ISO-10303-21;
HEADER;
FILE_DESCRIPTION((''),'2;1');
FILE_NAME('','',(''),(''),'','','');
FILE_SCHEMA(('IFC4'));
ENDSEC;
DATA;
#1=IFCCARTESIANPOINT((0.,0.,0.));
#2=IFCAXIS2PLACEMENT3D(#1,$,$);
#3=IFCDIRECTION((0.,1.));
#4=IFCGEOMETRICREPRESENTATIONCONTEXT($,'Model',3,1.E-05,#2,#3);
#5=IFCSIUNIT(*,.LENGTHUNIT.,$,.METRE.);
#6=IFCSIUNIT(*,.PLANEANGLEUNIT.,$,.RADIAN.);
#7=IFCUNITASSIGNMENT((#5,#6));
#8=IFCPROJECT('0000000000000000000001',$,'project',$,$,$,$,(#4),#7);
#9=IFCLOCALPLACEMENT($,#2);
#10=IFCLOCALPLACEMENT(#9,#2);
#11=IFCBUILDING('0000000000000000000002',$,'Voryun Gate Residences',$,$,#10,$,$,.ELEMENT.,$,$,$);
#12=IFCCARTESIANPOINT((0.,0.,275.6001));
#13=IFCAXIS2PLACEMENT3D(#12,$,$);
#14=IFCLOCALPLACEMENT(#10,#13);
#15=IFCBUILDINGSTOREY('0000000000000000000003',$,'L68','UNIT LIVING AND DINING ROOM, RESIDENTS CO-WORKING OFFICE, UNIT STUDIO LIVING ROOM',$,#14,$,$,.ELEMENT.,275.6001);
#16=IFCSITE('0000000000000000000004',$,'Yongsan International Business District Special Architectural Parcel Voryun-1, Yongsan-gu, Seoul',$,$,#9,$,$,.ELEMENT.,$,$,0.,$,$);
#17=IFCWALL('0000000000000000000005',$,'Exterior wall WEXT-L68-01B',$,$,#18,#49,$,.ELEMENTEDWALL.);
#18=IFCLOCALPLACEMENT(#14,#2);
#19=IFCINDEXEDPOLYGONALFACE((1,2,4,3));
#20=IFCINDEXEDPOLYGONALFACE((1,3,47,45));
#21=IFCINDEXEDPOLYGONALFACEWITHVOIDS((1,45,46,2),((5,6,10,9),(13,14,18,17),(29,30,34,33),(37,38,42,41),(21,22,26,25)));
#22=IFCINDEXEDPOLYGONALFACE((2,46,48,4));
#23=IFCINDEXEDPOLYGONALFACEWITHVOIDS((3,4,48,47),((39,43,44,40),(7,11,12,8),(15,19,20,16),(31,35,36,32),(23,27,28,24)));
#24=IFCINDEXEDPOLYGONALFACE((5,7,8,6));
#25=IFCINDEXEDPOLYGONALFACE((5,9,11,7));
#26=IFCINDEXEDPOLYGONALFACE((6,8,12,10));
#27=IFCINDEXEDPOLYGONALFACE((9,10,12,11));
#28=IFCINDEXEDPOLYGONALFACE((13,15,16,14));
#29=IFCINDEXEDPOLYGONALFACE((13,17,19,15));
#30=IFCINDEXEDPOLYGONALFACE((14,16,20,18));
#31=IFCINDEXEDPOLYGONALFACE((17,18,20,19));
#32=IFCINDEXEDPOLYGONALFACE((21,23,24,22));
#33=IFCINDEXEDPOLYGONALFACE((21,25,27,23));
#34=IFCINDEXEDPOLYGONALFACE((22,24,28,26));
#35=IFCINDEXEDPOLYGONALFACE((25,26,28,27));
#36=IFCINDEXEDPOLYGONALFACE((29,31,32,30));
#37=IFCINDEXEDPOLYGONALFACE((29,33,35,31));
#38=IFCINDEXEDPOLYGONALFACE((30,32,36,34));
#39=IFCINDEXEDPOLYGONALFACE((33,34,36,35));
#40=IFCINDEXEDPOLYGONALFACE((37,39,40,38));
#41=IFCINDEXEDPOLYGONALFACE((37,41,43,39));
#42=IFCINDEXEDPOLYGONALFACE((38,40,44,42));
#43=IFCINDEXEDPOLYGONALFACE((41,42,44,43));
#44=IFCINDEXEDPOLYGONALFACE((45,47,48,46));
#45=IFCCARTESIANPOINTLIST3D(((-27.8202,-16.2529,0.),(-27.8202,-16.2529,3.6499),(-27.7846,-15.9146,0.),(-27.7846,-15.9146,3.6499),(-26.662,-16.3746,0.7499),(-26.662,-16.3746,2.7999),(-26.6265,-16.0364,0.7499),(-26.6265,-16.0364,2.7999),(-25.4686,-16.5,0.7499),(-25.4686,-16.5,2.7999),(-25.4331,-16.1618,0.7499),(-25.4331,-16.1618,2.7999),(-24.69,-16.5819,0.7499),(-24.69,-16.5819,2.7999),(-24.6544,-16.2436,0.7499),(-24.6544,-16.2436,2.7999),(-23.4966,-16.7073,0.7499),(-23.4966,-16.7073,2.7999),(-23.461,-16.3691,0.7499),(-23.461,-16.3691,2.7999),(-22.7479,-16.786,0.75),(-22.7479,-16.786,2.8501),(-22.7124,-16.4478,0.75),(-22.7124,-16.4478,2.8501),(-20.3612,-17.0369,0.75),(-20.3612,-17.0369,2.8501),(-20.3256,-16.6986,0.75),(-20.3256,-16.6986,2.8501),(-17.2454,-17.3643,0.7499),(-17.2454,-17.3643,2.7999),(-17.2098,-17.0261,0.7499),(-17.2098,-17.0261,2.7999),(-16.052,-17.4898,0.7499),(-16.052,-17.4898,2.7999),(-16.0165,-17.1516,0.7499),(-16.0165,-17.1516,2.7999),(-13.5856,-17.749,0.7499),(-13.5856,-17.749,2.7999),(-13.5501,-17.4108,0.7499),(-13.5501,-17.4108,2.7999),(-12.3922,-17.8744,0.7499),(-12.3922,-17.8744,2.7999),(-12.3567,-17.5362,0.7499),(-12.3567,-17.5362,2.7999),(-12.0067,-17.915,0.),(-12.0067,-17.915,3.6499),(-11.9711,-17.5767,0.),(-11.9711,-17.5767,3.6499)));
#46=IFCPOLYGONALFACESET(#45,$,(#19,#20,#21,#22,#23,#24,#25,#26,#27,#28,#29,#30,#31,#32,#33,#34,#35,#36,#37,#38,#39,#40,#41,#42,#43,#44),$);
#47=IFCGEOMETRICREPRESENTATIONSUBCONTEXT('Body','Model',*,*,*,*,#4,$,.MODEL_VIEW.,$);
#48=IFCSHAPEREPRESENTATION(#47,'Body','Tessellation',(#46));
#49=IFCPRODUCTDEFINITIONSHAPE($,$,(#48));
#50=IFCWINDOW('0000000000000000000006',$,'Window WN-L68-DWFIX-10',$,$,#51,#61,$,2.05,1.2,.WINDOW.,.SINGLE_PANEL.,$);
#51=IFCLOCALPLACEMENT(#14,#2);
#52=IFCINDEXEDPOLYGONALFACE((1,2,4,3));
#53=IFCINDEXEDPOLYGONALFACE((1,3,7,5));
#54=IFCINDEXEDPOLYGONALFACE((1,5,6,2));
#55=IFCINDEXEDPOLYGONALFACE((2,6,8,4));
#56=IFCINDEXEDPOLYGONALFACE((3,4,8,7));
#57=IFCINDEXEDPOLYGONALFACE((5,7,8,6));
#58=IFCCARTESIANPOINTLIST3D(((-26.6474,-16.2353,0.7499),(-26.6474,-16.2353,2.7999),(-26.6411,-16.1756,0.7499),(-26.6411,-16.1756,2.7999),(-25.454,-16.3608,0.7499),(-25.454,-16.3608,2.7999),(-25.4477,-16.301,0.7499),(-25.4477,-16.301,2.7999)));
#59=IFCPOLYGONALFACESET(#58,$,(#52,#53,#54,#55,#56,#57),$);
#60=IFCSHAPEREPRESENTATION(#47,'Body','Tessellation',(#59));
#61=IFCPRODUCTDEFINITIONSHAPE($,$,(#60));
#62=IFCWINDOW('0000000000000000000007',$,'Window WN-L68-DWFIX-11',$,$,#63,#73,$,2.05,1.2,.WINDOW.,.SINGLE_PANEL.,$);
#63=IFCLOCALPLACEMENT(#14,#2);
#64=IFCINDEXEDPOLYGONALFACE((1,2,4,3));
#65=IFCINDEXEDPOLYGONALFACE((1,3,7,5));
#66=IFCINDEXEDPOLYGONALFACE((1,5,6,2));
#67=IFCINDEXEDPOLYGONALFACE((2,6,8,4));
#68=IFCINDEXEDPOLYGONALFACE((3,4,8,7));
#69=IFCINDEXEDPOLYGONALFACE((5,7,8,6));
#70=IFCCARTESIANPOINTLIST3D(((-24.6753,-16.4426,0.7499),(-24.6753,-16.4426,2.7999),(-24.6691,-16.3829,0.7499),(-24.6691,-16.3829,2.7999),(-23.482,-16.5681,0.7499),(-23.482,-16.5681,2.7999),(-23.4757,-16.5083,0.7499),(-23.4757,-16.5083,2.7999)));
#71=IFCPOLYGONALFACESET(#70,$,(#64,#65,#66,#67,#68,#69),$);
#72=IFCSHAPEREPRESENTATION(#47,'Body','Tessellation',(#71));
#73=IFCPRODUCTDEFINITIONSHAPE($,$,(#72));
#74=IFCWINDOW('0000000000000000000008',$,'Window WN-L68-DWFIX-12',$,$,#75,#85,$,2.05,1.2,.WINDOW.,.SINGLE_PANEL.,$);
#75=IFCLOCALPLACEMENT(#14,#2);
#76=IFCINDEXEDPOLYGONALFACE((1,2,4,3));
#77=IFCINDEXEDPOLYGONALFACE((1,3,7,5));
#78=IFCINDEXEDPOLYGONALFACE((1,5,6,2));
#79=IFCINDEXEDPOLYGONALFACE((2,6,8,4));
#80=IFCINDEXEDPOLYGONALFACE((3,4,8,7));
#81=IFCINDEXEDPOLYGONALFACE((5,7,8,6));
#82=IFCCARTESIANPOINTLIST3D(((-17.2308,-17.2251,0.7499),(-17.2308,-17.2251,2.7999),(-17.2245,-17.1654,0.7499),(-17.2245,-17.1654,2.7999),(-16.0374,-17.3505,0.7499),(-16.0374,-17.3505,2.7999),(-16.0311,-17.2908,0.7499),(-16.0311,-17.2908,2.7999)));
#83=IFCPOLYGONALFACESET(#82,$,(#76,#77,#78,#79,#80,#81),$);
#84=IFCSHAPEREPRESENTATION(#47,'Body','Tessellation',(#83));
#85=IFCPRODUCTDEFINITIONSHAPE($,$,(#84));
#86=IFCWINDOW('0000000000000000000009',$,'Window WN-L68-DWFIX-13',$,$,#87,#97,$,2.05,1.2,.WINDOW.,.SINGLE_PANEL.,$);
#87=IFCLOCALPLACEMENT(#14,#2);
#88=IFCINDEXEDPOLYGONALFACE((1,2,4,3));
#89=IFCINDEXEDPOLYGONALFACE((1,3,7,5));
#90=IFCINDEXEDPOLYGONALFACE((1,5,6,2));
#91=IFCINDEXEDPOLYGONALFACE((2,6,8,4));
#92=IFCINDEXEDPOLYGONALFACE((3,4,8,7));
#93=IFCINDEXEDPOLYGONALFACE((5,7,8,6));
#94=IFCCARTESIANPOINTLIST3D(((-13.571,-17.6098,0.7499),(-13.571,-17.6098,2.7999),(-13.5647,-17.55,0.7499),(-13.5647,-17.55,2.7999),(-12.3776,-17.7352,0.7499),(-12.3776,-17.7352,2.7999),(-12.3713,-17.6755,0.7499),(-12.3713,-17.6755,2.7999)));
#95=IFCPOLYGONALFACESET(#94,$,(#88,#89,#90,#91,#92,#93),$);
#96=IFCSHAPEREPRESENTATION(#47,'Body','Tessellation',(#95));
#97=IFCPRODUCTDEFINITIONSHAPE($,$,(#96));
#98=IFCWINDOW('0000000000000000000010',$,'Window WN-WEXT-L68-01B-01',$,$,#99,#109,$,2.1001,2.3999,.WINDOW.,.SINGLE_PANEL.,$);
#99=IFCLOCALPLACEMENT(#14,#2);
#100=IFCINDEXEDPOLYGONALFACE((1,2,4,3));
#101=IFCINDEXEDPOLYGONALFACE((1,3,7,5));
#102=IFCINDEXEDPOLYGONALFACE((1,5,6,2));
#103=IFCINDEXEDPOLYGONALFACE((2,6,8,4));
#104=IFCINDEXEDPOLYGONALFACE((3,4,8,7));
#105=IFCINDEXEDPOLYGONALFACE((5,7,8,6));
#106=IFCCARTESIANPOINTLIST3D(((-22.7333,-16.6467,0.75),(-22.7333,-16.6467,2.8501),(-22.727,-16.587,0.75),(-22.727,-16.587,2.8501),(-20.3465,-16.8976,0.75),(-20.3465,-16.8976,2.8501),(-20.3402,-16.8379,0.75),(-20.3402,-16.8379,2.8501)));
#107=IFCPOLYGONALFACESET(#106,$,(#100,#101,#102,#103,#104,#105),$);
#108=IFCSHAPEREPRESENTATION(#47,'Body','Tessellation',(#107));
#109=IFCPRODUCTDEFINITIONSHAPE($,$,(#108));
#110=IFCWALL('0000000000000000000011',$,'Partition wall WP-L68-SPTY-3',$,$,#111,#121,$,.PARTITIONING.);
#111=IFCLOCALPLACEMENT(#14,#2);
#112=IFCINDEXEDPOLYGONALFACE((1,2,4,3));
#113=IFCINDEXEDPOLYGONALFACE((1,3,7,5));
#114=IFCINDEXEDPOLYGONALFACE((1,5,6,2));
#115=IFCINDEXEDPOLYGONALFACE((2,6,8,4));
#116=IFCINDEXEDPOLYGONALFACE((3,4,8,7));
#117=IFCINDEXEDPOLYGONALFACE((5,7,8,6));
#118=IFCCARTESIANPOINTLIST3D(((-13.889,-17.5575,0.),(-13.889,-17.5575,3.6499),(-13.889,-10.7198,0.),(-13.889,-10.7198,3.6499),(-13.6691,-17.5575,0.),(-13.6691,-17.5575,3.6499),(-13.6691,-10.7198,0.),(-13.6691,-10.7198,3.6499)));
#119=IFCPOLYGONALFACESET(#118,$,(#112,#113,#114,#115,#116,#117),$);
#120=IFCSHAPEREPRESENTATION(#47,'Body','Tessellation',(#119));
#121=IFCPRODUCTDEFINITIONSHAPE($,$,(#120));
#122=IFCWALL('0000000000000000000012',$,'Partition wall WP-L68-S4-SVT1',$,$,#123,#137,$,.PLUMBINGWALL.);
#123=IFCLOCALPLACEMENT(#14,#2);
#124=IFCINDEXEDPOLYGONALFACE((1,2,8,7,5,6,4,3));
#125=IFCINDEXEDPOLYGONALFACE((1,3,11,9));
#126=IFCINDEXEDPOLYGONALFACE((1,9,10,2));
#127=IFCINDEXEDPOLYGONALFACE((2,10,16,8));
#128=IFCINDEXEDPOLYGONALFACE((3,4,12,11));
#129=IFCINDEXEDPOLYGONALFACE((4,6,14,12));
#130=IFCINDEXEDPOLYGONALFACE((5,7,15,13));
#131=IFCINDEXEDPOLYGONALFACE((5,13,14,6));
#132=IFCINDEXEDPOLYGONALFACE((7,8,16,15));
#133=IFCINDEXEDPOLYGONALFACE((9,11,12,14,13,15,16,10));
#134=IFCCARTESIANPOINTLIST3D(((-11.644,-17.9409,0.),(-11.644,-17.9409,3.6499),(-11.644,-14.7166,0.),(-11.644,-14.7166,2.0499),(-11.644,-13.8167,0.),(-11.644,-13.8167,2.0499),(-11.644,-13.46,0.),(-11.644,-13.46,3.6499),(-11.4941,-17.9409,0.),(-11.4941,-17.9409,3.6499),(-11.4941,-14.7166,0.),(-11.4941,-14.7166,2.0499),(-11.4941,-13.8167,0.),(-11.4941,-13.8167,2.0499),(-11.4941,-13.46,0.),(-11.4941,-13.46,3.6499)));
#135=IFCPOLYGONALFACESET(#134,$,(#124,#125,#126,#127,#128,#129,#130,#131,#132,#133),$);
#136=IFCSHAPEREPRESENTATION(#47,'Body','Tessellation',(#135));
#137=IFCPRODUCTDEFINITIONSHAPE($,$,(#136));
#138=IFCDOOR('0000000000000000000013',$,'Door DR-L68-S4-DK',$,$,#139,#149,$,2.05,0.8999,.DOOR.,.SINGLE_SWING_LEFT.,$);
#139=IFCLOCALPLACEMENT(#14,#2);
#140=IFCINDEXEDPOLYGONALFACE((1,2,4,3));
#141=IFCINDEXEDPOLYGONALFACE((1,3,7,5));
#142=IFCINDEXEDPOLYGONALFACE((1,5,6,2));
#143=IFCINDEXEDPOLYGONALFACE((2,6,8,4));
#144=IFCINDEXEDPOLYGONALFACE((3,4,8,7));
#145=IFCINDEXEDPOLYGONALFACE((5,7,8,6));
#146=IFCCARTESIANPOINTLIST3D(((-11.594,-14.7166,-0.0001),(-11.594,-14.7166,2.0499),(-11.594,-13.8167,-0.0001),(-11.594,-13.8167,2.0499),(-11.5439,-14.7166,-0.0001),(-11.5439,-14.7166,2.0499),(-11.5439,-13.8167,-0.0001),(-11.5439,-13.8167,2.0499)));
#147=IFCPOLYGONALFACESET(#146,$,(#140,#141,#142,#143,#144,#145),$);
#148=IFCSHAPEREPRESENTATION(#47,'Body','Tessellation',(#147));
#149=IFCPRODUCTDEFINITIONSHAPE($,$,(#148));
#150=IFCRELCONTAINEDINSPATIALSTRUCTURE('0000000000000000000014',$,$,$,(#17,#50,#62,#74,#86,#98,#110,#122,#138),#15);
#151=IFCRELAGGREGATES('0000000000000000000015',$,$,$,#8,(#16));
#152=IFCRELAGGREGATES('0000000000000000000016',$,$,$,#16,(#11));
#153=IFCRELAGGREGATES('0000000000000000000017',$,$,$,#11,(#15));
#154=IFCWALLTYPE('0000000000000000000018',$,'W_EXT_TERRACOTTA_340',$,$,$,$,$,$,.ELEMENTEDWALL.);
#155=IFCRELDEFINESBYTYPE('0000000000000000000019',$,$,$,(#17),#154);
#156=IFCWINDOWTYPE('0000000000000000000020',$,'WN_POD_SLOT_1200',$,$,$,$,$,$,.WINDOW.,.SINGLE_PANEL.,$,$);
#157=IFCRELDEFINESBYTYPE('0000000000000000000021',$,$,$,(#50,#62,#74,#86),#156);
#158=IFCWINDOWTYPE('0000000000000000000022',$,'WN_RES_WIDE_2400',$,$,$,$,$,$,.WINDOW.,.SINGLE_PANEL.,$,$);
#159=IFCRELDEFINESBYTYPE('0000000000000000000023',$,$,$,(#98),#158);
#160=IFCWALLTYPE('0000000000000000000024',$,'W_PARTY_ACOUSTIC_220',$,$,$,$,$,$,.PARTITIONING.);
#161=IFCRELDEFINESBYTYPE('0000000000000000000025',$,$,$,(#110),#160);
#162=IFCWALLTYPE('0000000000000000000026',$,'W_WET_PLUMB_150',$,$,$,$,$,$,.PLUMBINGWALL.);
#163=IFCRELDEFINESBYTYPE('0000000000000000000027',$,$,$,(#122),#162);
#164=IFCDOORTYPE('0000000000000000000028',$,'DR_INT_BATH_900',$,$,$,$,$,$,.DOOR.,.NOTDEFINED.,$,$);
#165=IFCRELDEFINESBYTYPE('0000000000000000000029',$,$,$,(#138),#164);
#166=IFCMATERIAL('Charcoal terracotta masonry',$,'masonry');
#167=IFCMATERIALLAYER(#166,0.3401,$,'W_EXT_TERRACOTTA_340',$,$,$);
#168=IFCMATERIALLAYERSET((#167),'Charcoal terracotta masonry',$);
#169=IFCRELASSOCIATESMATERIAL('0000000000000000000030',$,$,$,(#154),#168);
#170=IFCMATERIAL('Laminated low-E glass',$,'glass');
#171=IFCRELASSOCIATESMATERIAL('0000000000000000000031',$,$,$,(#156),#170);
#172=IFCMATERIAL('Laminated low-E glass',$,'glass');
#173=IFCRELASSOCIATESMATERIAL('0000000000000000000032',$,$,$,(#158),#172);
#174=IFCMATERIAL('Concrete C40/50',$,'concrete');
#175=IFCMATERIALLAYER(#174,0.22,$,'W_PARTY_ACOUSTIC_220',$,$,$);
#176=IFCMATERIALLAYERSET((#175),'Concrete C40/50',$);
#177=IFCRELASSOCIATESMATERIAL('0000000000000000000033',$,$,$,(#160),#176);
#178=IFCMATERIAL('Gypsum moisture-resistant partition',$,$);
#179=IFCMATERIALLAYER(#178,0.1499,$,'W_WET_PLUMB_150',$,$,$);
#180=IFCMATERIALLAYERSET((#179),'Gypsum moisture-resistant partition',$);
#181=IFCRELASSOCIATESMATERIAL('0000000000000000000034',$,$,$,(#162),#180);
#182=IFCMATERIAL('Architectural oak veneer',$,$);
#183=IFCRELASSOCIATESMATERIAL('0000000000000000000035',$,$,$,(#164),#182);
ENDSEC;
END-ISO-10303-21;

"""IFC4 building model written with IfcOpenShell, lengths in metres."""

from ifc_helpers import new_model, si_unit, direction, frame, frame_2d, origin, place, context, subcontext, project, spatial, rectangle, extrude, material, layer, layer_set, type_object, element, fill, save


model = new_model("IFC4")

# Units and contexts
model_context = context("Model", 3, precision=1e-05, world=origin(), true_north=direction((0.0, 1.0)))
body_context = subcontext(model_context, "Body", "Model", "MODEL_VIEW")
ifc_project = project(units=[si_unit("LENGTHUNIT", "METRE"), si_unit("PLANEANGLEUNIT", "RADIAN")], contexts=[model_context])

# Site, building, storey
site_placement = place(None, origin())
site = spatial("IfcSite", under=ifc_project, at=site_placement, Name="Yongsan International Business District Special Architectural Parcel Voryun-1, Yongsan-gu, Seoul", CompositionType="ELEMENT", RefElevation=0.0)
building_placement = place(site_placement, origin())
building = spatial("IfcBuilding", under=site, at=building_placement, Name="Voryun Gate Residences", CompositionType="ELEMENT")
storey_placement = place(building_placement, frame((0.0, 0.0, 275.6001)))
storey = spatial("IfcBuildingStorey", under=building, at=storey_placement, Name="L68", Description="UNIT LIVING AND DINING ROOM, RESIDENTS CO-WORKING OFFICE, UNIT STUDIO LIVING ROOM", CompositionType="ELEMENT", Elevation=275.6001)

# Wall, openings, windows
ifc_material_1 = material(Name="Charcoal terracotta masonry", Category="masonry")
ifc_layer_1 = layer(ifc_material_1, 0.3401, Name="W_EXT_TERRACOTTA_340")
ifc_layer_set_1 = layer_set([ifc_layer_1], Name="Charcoal terracotta masonry")
wall_type_1 = type_object("IfcWallType", Name="W_EXT_TERRACOTTA_340", PredefinedType="ELEMENTEDWALL", material=ifc_layer_set_1)
wall_1_placement = place(storey_placement, frame((-11.989, -17.7458, 0.0), z_axis=(0.0, 0.0, 1.0), x_axis=(-0.994522, 0.104531, 0.0)))
wall_1 = element("IfcWall", 1, at=wall_1_placement, inside=storey, type_object=wall_type_1, Name="Exterior wall WEXT-L68-01B", PredefinedType="ELEMENTEDWALL", context=body_context, shape_type="SweptSolid", body=[
    extrude(rectangle(XDim=15.9006, YDim=0.3401, at=frame_2d((7.9502, 0.0))), origin(), (0.0, 0.0, 1.0), 3.6499),
])
opening_1_placement = place(wall_1_placement, frame((8.4004, 0.0, 0.75)))
opening_1 = element("IfcOpeningElement", 2, at=opening_1_placement, cuts=wall_1, PredefinedType="OPENING", context=body_context, shape_type="SweptSolid", body=[
    extrude(rectangle(XDim=2.3999, YDim=2.1001, at=frame_2d((1.2, 1.05))), frame((0.0, 0.1799, 0.0), z_axis=(0.0, -1.0, 0.0), x_axis=(1.0, 0.0, 0.0)), (0.0, 0.0, 1.0), 0.3601),
])
opening_2_placement = place(wall_1_placement, frame((13.5359, 0.0, 0.75)))
opening_2 = element("IfcOpeningElement", 3, at=opening_2_placement, cuts=wall_1, PredefinedType="OPENING", context=body_context, shape_type="SweptSolid", body=[
    extrude(rectangle(XDim=1.2, YDim=2.05, at=frame_2d((0.6001, 1.0249))), frame((0.0, 0.1799, 0.0), z_axis=(0.0, -1.0, 0.0), x_axis=(1.0, 0.0, 0.0)), (0.0, 0.0, 1.0), 0.3601),
])
opening_3_placement = place(wall_1_placement, frame((11.553, 0.0, 0.75)))
opening_3 = element("IfcOpeningElement", 4, at=opening_3_placement, cuts=wall_1, PredefinedType="OPENING", context=body_context, shape_type="SweptSolid", body=[
    extrude(rectangle(XDim=1.2, YDim=2.05, at=frame_2d((0.6001, 1.0249))), frame((0.0, 0.1799, 0.0), z_axis=(0.0, -1.0, 0.0), x_axis=(1.0, 0.0, 0.0)), (0.0, 0.0, 1.0), 0.3601),
])
opening_4_placement = place(wall_1_placement, frame((4.0674, 0.0, 0.75)))
opening_4 = element("IfcOpeningElement", 5, at=opening_4_placement, cuts=wall_1, PredefinedType="OPENING", context=body_context, shape_type="SweptSolid", body=[
    extrude(rectangle(XDim=1.2, YDim=2.05, at=frame_2d((0.6001, 1.0249))), frame((0.0, 0.1799, 0.0), z_axis=(0.0, -1.0, 0.0), x_axis=(1.0, 0.0, 0.0)), (0.0, 0.0, 1.0), 0.3601),
])
opening_5_placement = place(wall_1_placement, frame((0.3875, 0.0, 0.75)))
opening_5 = element("IfcOpeningElement", 6, at=opening_5_placement, cuts=wall_1, PredefinedType="OPENING", context=body_context, shape_type="SweptSolid", body=[
    extrude(rectangle(XDim=1.2, YDim=2.05, at=frame_2d((0.6001, 1.0249))), frame((0.0, 0.1799, 0.0), z_axis=(0.0, -1.0, 0.0), x_axis=(1.0, 0.0, 0.0)), (0.0, 0.0, 1.0), 0.3601),
])
ifc_material_2 = material(Name="Laminated low-E glass", Category="glass")
window_type_1 = type_object("IfcWindowType", Name="WN_POD_SLOT_1200", PartitioningType="SINGLE_PANEL", PredefinedType="WINDOW", material=ifc_material_2)
window_1_placement = place(opening_2_placement, origin())
window_1 = element("IfcWindow", 7, at=window_1_placement, inside=storey, type_object=window_type_1, Name="Window WN-L68-DWFIX-10", OverallHeight=2.05, OverallWidth=1.2, PartitioningType="SINGLE_PANEL", PredefinedType="WINDOW", context=body_context, shape_type="SweptSolid", body=[
    extrude(rectangle(XDim=1.2, YDim=2.05, at=frame_2d((0.6001, 1.0249))), frame((0.0, 0.03, 0.0), z_axis=(0.0, -1.0, 0.0), x_axis=(1.0, 0.0, 0.0)), (0.0, 0.0, 1.0), 0.0601),
])
fill(opening_2, window_1)
window_2_placement = place(opening_3_placement, origin())
window_2 = element("IfcWindow", 8, at=window_2_placement, inside=storey, type_object=window_type_1, Name="Window WN-L68-DWFIX-11", OverallHeight=2.05, OverallWidth=1.2, PartitioningType="SINGLE_PANEL", PredefinedType="WINDOW", context=body_context, shape_type="SweptSolid", body=[
    extrude(rectangle(XDim=1.2, YDim=2.05, at=frame_2d((0.6001, 1.0249))), frame((0.0, 0.03, 0.0), z_axis=(0.0, -1.0, 0.0), x_axis=(1.0, 0.0, 0.0)), (0.0, 0.0, 1.0), 0.0601),
])
fill(opening_3, window_2)
window_3_placement = place(opening_4_placement, origin())
window_3 = element("IfcWindow", 9, at=window_3_placement, inside=storey, type_object=window_type_1, Name="Window WN-L68-DWFIX-12", OverallHeight=2.05, OverallWidth=1.2, PartitioningType="SINGLE_PANEL", PredefinedType="WINDOW", context=body_context, shape_type="SweptSolid", body=[
    extrude(rectangle(XDim=1.2, YDim=2.05, at=frame_2d((0.6001, 1.0249))), frame((0.0, 0.03, 0.0), z_axis=(0.0, -1.0, 0.0), x_axis=(1.0, 0.0, 0.0)), (0.0, 0.0, 1.0), 0.0601),
])
fill(opening_4, window_3)
window_4_placement = place(opening_5_placement, origin())
window_4 = element("IfcWindow", 10, at=window_4_placement, inside=storey, type_object=window_type_1, Name="Window WN-L68-DWFIX-13", OverallHeight=2.05, OverallWidth=1.2, PartitioningType="SINGLE_PANEL", PredefinedType="WINDOW", context=body_context, shape_type="SweptSolid", body=[
    extrude(rectangle(XDim=1.2, YDim=2.05, at=frame_2d((0.6001, 1.0249))), frame((0.0, 0.03, 0.0), z_axis=(0.0, -1.0, 0.0), x_axis=(1.0, 0.0, 0.0)), (0.0, 0.0, 1.0), 0.0601),
])
fill(opening_5, window_4)
ifc_material_3 = material(Name="Laminated low-E glass", Category="glass")
window_type_2 = type_object("IfcWindowType", Name="WN_RES_WIDE_2400", PartitioningType="SINGLE_PANEL", PredefinedType="WINDOW", material=ifc_material_3)
window_5_placement = place(opening_1_placement, origin())
window_5 = element("IfcWindow", 11, at=window_5_placement, inside=storey, type_object=window_type_2, Name="Window WN-WEXT-L68-01B-01", OverallHeight=2.1001, OverallWidth=2.3999, PartitioningType="SINGLE_PANEL", PredefinedType="WINDOW", context=body_context, shape_type="SweptSolid", body=[
    extrude(rectangle(XDim=2.3999, YDim=2.1001, at=frame_2d((1.2, 1.05))), frame((0.0, 0.03, 0.0), z_axis=(0.0, -1.0, 0.0), x_axis=(1.0, 0.0, 0.0)), (0.0, 0.0, 1.0), 0.0601),
])
fill(opening_1, window_5)

# Wall
ifc_material_4 = material(Name="Concrete C40/50", Category="concrete")
ifc_layer_2 = layer(ifc_material_4, 0.22, Name="W_PARTY_ACOUSTIC_220")
ifc_layer_set_2 = layer_set([ifc_layer_2], Name="Concrete C40/50")
wall_type_2 = type_object("IfcWallType", Name="W_PARTY_ACOUSTIC_220", PredefinedType="PARTITIONING", material=ifc_layer_set_2)
wall_2_placement = place(storey_placement, frame((-13.7791, -17.5576, 0.0), z_axis=(0.0, 0.0, 1.0), x_axis=(0.0, 1.0, 0.0)))
element("IfcWall", 12, at=wall_2_placement, inside=storey, type_object=wall_type_2, Name="Partition wall WP-L68-SPTY-3", PredefinedType="PARTITIONING", context=body_context, shape_type="SweptSolid", body=[
    extrude(rectangle(XDim=6.8376, YDim=0.22, at=frame_2d((3.4189, 0.0))), origin(), (0.0, 0.0, 1.0), 3.6499),
])

# Wall, opening, door
ifc_material_5 = material(Name="Gypsum moisture-resistant partition")
ifc_layer_3 = layer(ifc_material_5, 0.1499, Name="W_WET_PLUMB_150")
ifc_layer_set_3 = layer_set([ifc_layer_3], Name="Gypsum moisture-resistant partition")
wall_type_3 = type_object("IfcWallType", Name="W_WET_PLUMB_150", PredefinedType="PLUMBINGWALL", material=ifc_layer_set_3)
wall_3_placement = place(storey_placement, frame((-11.5691, -17.9409, 0.0), z_axis=(0.0, 0.0, 1.0), x_axis=(0.0, 1.0, 0.0)))
wall_3 = element("IfcWall", 13, at=wall_3_placement, inside=storey, type_object=wall_type_3, Name="Partition wall WP-L68-S4-SVT1", PredefinedType="PLUMBINGWALL", context=body_context, shape_type="SweptSolid", body=[
    extrude(rectangle(XDim=4.481, YDim=0.1499, at=frame_2d((2.2405, 0.0))), origin(), (0.0, 0.0, 1.0), 3.6499),
])
opening_6_placement = place(wall_3_placement, frame((3.2244, 0.0, 0.0)))
opening_6 = element("IfcOpeningElement", 14, at=opening_6_placement, cuts=wall_3, PredefinedType="OPENING", context=body_context, shape_type="SweptSolid", body=[
    extrude(rectangle(XDim=0.8999, YDim=2.05, at=frame_2d((0.45, 1.0249))), frame((0.0, 0.085, 0.0), z_axis=(0.0, -1.0, 0.0), x_axis=(1.0, 0.0, 0.0)), (0.0, 0.0, 1.0), 0.1699),
])
ifc_material_6 = material(Name="Architectural oak veneer")
door_type = type_object("IfcDoorType", Name="DR_INT_BATH_900", OperationType="NOTDEFINED", PredefinedType="DOOR", material=ifc_material_6)
door_1_placement = place(opening_6_placement, origin())
door_1 = element("IfcDoor", 15, at=door_1_placement, inside=storey, type_object=door_type, Name="Door DR-L68-S4-DK", OperationType="SINGLE_SWING_LEFT", OverallHeight=2.05, OverallWidth=0.8999, PredefinedType="DOOR", context=body_context, shape_type="SweptSolid", body=[
    extrude(rectangle(XDim=0.8999, YDim=2.05, at=frame_2d((0.45, 1.0249))), frame((0.0, 0.0249, 0.0), z_axis=(0.0, -1.0, 0.0), x_axis=(1.0, 0.0, 0.0)), (0.0, 0.0, 1.0), 0.05),
])
fill(opening_6, door_1)

save(model, "model.ifc")
